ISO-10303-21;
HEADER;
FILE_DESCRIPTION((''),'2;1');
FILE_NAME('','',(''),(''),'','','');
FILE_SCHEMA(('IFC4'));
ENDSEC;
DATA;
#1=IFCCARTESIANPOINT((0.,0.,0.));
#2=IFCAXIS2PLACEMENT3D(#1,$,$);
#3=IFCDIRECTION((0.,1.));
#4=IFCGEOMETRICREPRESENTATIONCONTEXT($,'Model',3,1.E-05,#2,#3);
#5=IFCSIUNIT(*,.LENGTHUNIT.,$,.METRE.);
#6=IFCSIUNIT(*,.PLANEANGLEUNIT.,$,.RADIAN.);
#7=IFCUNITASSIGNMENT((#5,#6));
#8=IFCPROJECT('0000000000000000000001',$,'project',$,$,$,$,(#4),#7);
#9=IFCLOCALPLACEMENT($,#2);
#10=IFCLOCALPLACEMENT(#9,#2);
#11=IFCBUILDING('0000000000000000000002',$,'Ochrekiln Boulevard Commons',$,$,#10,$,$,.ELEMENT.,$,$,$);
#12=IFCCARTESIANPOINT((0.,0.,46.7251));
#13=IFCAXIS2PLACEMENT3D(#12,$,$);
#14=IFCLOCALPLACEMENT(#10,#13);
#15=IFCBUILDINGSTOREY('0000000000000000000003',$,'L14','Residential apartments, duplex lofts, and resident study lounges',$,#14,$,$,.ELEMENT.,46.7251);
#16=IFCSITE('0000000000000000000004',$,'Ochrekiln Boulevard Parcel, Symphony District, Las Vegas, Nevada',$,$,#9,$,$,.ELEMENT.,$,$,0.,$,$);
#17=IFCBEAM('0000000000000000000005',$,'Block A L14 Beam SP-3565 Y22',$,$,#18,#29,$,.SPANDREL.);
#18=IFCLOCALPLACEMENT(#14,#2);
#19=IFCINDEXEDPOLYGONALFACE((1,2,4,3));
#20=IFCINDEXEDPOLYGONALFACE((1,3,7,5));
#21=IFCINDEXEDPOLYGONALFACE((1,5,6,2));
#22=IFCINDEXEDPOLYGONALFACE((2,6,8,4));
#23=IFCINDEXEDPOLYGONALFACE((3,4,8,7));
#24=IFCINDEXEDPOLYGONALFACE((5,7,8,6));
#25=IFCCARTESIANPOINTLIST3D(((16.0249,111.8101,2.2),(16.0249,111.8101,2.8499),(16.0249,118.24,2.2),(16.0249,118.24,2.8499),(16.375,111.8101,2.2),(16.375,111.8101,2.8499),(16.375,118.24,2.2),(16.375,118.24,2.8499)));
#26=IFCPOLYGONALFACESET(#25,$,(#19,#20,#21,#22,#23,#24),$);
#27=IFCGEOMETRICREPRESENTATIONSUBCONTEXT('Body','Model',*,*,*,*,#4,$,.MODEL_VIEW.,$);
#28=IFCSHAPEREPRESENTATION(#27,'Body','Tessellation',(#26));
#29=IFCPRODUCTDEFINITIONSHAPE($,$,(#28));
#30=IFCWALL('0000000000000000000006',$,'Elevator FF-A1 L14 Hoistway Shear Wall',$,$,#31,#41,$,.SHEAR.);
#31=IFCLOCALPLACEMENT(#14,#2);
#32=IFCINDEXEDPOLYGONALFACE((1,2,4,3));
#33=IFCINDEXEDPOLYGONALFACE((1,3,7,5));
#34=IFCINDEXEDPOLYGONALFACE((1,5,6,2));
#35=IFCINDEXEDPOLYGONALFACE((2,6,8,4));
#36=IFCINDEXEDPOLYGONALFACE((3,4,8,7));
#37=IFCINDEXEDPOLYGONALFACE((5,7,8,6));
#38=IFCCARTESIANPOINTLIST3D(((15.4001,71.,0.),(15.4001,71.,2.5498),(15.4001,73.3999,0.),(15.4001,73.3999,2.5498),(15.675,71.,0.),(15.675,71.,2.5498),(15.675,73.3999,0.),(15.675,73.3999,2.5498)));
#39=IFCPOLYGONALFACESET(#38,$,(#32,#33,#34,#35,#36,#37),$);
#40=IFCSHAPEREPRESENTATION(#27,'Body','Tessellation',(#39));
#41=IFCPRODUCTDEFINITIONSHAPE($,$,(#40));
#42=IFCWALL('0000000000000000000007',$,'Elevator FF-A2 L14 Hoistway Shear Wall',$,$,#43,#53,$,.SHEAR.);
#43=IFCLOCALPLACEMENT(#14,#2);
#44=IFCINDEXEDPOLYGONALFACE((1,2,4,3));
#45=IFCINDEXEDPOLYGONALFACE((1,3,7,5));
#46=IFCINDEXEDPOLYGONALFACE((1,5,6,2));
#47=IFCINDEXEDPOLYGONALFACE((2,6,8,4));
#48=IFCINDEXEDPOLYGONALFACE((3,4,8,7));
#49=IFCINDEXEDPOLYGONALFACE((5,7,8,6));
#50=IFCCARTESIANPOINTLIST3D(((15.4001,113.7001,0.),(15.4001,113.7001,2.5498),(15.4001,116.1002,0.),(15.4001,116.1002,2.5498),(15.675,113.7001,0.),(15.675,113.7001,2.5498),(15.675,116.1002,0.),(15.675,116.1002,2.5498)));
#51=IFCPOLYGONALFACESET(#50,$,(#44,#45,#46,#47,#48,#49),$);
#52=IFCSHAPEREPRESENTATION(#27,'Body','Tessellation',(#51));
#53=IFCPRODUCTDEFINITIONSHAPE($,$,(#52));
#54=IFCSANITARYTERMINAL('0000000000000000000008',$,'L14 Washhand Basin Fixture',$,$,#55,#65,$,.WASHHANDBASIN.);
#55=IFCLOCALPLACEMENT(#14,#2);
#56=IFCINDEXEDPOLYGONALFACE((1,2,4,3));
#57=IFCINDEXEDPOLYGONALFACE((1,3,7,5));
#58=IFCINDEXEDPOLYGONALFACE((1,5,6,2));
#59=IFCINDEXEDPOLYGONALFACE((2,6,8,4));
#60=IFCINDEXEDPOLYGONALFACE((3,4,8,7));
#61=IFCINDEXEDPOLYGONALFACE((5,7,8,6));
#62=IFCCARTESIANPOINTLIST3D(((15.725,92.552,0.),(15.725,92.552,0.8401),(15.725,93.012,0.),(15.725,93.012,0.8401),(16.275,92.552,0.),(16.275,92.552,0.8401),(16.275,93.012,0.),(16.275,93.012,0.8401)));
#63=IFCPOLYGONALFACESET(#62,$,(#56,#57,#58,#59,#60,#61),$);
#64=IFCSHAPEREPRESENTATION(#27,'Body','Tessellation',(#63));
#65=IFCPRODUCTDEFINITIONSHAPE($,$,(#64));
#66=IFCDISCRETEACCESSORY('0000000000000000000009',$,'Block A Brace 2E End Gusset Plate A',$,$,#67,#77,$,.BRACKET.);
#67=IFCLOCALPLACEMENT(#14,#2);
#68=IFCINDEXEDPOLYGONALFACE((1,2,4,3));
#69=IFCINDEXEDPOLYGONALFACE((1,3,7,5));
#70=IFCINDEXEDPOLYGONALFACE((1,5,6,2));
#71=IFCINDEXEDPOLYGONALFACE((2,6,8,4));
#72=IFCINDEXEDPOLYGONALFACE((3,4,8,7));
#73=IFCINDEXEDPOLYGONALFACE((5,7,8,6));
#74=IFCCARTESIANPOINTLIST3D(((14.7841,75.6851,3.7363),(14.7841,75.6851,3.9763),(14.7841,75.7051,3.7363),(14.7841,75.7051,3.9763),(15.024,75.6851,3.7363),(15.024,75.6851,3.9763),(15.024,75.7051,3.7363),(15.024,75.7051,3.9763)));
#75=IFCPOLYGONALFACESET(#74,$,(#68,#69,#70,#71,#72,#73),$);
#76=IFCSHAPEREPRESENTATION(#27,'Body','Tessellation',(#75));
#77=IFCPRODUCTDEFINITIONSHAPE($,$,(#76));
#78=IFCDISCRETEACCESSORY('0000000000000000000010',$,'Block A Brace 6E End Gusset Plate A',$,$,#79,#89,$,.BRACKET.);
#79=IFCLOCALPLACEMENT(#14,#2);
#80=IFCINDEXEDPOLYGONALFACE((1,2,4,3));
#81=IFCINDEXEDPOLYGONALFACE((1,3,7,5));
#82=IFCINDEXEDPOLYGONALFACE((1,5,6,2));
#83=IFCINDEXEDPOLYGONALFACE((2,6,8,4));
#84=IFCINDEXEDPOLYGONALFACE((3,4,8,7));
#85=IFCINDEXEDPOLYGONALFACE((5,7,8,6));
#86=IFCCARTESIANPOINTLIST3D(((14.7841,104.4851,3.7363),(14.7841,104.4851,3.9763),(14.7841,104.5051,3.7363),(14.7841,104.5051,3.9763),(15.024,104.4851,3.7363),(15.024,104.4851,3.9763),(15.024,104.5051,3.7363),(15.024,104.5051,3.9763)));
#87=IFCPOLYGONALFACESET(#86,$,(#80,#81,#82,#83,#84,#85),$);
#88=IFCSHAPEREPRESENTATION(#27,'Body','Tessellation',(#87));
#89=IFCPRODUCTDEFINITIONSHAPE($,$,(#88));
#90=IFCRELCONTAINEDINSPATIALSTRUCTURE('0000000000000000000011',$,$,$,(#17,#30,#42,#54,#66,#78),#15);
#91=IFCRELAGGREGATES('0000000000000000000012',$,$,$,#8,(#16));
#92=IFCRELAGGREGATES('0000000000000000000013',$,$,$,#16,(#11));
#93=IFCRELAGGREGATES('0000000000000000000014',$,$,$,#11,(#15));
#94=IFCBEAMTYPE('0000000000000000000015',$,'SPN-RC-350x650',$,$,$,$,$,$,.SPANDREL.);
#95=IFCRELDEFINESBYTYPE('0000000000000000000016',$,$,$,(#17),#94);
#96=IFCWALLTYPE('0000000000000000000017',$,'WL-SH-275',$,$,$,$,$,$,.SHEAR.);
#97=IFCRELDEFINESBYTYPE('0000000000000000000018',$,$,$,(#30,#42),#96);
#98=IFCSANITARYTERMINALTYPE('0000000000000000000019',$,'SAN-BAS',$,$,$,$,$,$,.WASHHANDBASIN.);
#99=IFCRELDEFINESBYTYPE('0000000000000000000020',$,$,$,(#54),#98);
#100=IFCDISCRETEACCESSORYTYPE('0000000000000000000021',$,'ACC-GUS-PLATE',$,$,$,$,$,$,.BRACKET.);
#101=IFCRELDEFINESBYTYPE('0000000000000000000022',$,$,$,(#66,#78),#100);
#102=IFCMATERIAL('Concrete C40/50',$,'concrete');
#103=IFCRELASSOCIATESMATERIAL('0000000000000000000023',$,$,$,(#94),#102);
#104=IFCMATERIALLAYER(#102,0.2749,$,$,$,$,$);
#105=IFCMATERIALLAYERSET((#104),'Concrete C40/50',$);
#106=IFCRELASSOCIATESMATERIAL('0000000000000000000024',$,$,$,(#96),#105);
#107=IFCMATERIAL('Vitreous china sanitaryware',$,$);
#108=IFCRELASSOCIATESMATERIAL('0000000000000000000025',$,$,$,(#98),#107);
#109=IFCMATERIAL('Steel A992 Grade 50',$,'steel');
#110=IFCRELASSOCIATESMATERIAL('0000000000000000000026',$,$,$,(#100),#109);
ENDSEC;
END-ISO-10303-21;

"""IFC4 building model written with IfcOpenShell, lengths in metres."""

from ifc_helpers import new_model, si_unit, direction, frame, frame_2d, origin, origin_2d, place, context, subcontext, project, spatial, rectangle, extrude, material, layer, layer_set, material_profile, profile_set, type_object, element, save


model = new_model("IFC4")

# Units and contexts
model_context = context("Model", 3, precision=1e-05, world=origin(), true_north=direction((0.0, 1.0)))
body_context = subcontext(model_context, "Body", "Model", "MODEL_VIEW")
ifc_project = project(units=[si_unit("LENGTHUNIT", "METRE"), si_unit("PLANEANGLEUNIT", "RADIAN")], contexts=[model_context])

# Site, building, storey
site_placement = place(None, origin())
site = spatial("IfcSite", under=ifc_project, at=site_placement, Name="Ochrekiln Boulevard Parcel, Symphony District, Las Vegas, Nevada", CompositionType="ELEMENT", RefElevation=0.0)
building_placement = place(site_placement, origin())
building = spatial("IfcBuilding", under=site, at=building_placement, Name="Ochrekiln Boulevard Commons", CompositionType="ELEMENT")
storey_placement = place(building_placement, frame((0.0, 0.0, 46.7251)))
storey = spatial("IfcBuildingStorey", under=building, at=storey_placement, Name="L14", Description="Residential apartments, duplex lofts, and resident study lounges", CompositionType="ELEMENT", Elevation=46.7251)

# Beam
ifc_material_1 = material(Name="Concrete C40/50", Category="concrete")
ifc_material_profile_1 = material_profile(ifc_material_1, rectangle(XDim=0.3501, YDim=0.6499, at=origin_2d()), Name="RC-SPN-350x650")
ifc_profile_set_1 = profile_set([ifc_material_profile_1], Name="Concrete C40/50")
beam_type = type_object("IfcBeamType", Name="SPN-RC-350x650", PredefinedType="SPANDREL", material=ifc_profile_set_1)
beam_1_placement = place(storey_placement, frame((16.2, 111.8101, 2.5249), z_axis=(0.0, 1.0, 0.0), x_axis=(-1.0, 0.0, 0.0)))
element("IfcBeam", 1, at=beam_1_placement, inside=storey, type_object=beam_type, Name="Block A L14 Beam SP-3565 Y22", PredefinedType="SPANDREL", context=body_context, shape_type="SweptSolid", body=[
    extrude(rectangle(XDim=0.3501, YDim=0.6499, at=origin_2d()), origin(), (0.0, 0.0, 1.0), 6.4299),
])

# Walls
ifc_layer_1 = layer(ifc_material_1, 0.2749)
ifc_layer_set_1 = layer_set([ifc_layer_1], Name="Concrete C40/50")
wall_type = type_object("IfcWallType", Name="WL-SH-275", PredefinedType="SHEAR", material=ifc_layer_set_1)
wall_1_placement = place(storey_placement, frame((15.5376, 71.0, 0.0), z_axis=(0.0, 0.0, 1.0), x_axis=(0.0, 1.0, 0.0)))
element("IfcWall", 2, at=wall_1_placement, inside=storey, type_object=wall_type, Name="Elevator FF-A1 L14 Hoistway Shear Wall", PredefinedType="SHEAR", context=body_context, shape_type="SweptSolid", body=[
    extrude(rectangle(XDim=2.3999, YDim=0.2749, at=frame_2d((1.2, 0.0))), origin(), (0.0, 0.0, 1.0), 2.5498),
])
wall_2_placement = place(storey_placement, frame((15.5376, 113.7, 0.0), z_axis=(0.0, 0.0, 1.0), x_axis=(0.0, 1.0, 0.0)))
element("IfcWall", 3, at=wall_2_placement, inside=storey, type_object=wall_type, Name="Elevator FF-A2 L14 Hoistway Shear Wall", PredefinedType="SHEAR", context=body_context, shape_type="SweptSolid", body=[
    extrude(rectangle(XDim=2.4001, YDim=0.2749, at=frame_2d((1.2002, 0.0))), origin(), (0.0, 0.0, 1.0), 2.5498),
])

# Sanitary terminal
ifc_material_2 = material(Name="Vitreous china sanitaryware")
sanitary_terminal_type = type_object("IfcSanitaryTerminalType", Name="SAN-BAS", PredefinedType="WASHHANDBASIN", material=ifc_material_2)
sanitary_terminal_placement = place(storey_placement, frame((16.0, 92.782, 0.0), z_axis=(0.0, 0.0, 1.0), x_axis=(1.0, 0.0, 0.0)))
element("IfcSanitaryTerminal", 4, at=sanitary_terminal_placement, inside=storey, type_object=sanitary_terminal_type, Name="L14 Washhand Basin Fixture", PredefinedType="WASHHANDBASIN", context=body_context, shape_type="SweptSolid", body=[
    extrude(rectangle(XDim=0.55, YDim=0.46, at=origin_2d()), origin(), (0.0, 0.0, 1.0), 0.8401),
])

# Discrete accessories
ifc_material_3 = material(Name="Steel A992 Grade 50", Category="steel")
discrete_accessory_type = type_object("IfcDiscreteAccessoryType", Name="ACC-GUS-PLATE", PredefinedType="BRACKET", material=ifc_material_3)
for number, where, z_axis, x_axis, name in (
    (5, (14.9041, 75.6951, 3.7363), (0.0, 0.0, 1.0), (1.0, 0.0, 0.0), "Block A Brace 2E End Gusset Plate A"),
    (6, (14.9041, 104.4951, 3.7363), (0.0, 0.0, 1.0), (1.0, 0.0, 0.0), "Block A Brace 6E End Gusset Plate A"),
):
    element("IfcDiscreteAccessory", number, at=place(storey_placement, frame(where, z_axis=z_axis, x_axis=x_axis)), inside=storey, type_object=discrete_accessory_type, Name=name, PredefinedType="BRACKET", context=body_context, shape_type="SweptSolid", body=[
        extrude(rectangle(XDim=0.24, YDim=0.02, at=origin_2d()), origin(), (0.0, 0.0, 1.0), 0.24),
    ])

save(model, "model.ifc")
